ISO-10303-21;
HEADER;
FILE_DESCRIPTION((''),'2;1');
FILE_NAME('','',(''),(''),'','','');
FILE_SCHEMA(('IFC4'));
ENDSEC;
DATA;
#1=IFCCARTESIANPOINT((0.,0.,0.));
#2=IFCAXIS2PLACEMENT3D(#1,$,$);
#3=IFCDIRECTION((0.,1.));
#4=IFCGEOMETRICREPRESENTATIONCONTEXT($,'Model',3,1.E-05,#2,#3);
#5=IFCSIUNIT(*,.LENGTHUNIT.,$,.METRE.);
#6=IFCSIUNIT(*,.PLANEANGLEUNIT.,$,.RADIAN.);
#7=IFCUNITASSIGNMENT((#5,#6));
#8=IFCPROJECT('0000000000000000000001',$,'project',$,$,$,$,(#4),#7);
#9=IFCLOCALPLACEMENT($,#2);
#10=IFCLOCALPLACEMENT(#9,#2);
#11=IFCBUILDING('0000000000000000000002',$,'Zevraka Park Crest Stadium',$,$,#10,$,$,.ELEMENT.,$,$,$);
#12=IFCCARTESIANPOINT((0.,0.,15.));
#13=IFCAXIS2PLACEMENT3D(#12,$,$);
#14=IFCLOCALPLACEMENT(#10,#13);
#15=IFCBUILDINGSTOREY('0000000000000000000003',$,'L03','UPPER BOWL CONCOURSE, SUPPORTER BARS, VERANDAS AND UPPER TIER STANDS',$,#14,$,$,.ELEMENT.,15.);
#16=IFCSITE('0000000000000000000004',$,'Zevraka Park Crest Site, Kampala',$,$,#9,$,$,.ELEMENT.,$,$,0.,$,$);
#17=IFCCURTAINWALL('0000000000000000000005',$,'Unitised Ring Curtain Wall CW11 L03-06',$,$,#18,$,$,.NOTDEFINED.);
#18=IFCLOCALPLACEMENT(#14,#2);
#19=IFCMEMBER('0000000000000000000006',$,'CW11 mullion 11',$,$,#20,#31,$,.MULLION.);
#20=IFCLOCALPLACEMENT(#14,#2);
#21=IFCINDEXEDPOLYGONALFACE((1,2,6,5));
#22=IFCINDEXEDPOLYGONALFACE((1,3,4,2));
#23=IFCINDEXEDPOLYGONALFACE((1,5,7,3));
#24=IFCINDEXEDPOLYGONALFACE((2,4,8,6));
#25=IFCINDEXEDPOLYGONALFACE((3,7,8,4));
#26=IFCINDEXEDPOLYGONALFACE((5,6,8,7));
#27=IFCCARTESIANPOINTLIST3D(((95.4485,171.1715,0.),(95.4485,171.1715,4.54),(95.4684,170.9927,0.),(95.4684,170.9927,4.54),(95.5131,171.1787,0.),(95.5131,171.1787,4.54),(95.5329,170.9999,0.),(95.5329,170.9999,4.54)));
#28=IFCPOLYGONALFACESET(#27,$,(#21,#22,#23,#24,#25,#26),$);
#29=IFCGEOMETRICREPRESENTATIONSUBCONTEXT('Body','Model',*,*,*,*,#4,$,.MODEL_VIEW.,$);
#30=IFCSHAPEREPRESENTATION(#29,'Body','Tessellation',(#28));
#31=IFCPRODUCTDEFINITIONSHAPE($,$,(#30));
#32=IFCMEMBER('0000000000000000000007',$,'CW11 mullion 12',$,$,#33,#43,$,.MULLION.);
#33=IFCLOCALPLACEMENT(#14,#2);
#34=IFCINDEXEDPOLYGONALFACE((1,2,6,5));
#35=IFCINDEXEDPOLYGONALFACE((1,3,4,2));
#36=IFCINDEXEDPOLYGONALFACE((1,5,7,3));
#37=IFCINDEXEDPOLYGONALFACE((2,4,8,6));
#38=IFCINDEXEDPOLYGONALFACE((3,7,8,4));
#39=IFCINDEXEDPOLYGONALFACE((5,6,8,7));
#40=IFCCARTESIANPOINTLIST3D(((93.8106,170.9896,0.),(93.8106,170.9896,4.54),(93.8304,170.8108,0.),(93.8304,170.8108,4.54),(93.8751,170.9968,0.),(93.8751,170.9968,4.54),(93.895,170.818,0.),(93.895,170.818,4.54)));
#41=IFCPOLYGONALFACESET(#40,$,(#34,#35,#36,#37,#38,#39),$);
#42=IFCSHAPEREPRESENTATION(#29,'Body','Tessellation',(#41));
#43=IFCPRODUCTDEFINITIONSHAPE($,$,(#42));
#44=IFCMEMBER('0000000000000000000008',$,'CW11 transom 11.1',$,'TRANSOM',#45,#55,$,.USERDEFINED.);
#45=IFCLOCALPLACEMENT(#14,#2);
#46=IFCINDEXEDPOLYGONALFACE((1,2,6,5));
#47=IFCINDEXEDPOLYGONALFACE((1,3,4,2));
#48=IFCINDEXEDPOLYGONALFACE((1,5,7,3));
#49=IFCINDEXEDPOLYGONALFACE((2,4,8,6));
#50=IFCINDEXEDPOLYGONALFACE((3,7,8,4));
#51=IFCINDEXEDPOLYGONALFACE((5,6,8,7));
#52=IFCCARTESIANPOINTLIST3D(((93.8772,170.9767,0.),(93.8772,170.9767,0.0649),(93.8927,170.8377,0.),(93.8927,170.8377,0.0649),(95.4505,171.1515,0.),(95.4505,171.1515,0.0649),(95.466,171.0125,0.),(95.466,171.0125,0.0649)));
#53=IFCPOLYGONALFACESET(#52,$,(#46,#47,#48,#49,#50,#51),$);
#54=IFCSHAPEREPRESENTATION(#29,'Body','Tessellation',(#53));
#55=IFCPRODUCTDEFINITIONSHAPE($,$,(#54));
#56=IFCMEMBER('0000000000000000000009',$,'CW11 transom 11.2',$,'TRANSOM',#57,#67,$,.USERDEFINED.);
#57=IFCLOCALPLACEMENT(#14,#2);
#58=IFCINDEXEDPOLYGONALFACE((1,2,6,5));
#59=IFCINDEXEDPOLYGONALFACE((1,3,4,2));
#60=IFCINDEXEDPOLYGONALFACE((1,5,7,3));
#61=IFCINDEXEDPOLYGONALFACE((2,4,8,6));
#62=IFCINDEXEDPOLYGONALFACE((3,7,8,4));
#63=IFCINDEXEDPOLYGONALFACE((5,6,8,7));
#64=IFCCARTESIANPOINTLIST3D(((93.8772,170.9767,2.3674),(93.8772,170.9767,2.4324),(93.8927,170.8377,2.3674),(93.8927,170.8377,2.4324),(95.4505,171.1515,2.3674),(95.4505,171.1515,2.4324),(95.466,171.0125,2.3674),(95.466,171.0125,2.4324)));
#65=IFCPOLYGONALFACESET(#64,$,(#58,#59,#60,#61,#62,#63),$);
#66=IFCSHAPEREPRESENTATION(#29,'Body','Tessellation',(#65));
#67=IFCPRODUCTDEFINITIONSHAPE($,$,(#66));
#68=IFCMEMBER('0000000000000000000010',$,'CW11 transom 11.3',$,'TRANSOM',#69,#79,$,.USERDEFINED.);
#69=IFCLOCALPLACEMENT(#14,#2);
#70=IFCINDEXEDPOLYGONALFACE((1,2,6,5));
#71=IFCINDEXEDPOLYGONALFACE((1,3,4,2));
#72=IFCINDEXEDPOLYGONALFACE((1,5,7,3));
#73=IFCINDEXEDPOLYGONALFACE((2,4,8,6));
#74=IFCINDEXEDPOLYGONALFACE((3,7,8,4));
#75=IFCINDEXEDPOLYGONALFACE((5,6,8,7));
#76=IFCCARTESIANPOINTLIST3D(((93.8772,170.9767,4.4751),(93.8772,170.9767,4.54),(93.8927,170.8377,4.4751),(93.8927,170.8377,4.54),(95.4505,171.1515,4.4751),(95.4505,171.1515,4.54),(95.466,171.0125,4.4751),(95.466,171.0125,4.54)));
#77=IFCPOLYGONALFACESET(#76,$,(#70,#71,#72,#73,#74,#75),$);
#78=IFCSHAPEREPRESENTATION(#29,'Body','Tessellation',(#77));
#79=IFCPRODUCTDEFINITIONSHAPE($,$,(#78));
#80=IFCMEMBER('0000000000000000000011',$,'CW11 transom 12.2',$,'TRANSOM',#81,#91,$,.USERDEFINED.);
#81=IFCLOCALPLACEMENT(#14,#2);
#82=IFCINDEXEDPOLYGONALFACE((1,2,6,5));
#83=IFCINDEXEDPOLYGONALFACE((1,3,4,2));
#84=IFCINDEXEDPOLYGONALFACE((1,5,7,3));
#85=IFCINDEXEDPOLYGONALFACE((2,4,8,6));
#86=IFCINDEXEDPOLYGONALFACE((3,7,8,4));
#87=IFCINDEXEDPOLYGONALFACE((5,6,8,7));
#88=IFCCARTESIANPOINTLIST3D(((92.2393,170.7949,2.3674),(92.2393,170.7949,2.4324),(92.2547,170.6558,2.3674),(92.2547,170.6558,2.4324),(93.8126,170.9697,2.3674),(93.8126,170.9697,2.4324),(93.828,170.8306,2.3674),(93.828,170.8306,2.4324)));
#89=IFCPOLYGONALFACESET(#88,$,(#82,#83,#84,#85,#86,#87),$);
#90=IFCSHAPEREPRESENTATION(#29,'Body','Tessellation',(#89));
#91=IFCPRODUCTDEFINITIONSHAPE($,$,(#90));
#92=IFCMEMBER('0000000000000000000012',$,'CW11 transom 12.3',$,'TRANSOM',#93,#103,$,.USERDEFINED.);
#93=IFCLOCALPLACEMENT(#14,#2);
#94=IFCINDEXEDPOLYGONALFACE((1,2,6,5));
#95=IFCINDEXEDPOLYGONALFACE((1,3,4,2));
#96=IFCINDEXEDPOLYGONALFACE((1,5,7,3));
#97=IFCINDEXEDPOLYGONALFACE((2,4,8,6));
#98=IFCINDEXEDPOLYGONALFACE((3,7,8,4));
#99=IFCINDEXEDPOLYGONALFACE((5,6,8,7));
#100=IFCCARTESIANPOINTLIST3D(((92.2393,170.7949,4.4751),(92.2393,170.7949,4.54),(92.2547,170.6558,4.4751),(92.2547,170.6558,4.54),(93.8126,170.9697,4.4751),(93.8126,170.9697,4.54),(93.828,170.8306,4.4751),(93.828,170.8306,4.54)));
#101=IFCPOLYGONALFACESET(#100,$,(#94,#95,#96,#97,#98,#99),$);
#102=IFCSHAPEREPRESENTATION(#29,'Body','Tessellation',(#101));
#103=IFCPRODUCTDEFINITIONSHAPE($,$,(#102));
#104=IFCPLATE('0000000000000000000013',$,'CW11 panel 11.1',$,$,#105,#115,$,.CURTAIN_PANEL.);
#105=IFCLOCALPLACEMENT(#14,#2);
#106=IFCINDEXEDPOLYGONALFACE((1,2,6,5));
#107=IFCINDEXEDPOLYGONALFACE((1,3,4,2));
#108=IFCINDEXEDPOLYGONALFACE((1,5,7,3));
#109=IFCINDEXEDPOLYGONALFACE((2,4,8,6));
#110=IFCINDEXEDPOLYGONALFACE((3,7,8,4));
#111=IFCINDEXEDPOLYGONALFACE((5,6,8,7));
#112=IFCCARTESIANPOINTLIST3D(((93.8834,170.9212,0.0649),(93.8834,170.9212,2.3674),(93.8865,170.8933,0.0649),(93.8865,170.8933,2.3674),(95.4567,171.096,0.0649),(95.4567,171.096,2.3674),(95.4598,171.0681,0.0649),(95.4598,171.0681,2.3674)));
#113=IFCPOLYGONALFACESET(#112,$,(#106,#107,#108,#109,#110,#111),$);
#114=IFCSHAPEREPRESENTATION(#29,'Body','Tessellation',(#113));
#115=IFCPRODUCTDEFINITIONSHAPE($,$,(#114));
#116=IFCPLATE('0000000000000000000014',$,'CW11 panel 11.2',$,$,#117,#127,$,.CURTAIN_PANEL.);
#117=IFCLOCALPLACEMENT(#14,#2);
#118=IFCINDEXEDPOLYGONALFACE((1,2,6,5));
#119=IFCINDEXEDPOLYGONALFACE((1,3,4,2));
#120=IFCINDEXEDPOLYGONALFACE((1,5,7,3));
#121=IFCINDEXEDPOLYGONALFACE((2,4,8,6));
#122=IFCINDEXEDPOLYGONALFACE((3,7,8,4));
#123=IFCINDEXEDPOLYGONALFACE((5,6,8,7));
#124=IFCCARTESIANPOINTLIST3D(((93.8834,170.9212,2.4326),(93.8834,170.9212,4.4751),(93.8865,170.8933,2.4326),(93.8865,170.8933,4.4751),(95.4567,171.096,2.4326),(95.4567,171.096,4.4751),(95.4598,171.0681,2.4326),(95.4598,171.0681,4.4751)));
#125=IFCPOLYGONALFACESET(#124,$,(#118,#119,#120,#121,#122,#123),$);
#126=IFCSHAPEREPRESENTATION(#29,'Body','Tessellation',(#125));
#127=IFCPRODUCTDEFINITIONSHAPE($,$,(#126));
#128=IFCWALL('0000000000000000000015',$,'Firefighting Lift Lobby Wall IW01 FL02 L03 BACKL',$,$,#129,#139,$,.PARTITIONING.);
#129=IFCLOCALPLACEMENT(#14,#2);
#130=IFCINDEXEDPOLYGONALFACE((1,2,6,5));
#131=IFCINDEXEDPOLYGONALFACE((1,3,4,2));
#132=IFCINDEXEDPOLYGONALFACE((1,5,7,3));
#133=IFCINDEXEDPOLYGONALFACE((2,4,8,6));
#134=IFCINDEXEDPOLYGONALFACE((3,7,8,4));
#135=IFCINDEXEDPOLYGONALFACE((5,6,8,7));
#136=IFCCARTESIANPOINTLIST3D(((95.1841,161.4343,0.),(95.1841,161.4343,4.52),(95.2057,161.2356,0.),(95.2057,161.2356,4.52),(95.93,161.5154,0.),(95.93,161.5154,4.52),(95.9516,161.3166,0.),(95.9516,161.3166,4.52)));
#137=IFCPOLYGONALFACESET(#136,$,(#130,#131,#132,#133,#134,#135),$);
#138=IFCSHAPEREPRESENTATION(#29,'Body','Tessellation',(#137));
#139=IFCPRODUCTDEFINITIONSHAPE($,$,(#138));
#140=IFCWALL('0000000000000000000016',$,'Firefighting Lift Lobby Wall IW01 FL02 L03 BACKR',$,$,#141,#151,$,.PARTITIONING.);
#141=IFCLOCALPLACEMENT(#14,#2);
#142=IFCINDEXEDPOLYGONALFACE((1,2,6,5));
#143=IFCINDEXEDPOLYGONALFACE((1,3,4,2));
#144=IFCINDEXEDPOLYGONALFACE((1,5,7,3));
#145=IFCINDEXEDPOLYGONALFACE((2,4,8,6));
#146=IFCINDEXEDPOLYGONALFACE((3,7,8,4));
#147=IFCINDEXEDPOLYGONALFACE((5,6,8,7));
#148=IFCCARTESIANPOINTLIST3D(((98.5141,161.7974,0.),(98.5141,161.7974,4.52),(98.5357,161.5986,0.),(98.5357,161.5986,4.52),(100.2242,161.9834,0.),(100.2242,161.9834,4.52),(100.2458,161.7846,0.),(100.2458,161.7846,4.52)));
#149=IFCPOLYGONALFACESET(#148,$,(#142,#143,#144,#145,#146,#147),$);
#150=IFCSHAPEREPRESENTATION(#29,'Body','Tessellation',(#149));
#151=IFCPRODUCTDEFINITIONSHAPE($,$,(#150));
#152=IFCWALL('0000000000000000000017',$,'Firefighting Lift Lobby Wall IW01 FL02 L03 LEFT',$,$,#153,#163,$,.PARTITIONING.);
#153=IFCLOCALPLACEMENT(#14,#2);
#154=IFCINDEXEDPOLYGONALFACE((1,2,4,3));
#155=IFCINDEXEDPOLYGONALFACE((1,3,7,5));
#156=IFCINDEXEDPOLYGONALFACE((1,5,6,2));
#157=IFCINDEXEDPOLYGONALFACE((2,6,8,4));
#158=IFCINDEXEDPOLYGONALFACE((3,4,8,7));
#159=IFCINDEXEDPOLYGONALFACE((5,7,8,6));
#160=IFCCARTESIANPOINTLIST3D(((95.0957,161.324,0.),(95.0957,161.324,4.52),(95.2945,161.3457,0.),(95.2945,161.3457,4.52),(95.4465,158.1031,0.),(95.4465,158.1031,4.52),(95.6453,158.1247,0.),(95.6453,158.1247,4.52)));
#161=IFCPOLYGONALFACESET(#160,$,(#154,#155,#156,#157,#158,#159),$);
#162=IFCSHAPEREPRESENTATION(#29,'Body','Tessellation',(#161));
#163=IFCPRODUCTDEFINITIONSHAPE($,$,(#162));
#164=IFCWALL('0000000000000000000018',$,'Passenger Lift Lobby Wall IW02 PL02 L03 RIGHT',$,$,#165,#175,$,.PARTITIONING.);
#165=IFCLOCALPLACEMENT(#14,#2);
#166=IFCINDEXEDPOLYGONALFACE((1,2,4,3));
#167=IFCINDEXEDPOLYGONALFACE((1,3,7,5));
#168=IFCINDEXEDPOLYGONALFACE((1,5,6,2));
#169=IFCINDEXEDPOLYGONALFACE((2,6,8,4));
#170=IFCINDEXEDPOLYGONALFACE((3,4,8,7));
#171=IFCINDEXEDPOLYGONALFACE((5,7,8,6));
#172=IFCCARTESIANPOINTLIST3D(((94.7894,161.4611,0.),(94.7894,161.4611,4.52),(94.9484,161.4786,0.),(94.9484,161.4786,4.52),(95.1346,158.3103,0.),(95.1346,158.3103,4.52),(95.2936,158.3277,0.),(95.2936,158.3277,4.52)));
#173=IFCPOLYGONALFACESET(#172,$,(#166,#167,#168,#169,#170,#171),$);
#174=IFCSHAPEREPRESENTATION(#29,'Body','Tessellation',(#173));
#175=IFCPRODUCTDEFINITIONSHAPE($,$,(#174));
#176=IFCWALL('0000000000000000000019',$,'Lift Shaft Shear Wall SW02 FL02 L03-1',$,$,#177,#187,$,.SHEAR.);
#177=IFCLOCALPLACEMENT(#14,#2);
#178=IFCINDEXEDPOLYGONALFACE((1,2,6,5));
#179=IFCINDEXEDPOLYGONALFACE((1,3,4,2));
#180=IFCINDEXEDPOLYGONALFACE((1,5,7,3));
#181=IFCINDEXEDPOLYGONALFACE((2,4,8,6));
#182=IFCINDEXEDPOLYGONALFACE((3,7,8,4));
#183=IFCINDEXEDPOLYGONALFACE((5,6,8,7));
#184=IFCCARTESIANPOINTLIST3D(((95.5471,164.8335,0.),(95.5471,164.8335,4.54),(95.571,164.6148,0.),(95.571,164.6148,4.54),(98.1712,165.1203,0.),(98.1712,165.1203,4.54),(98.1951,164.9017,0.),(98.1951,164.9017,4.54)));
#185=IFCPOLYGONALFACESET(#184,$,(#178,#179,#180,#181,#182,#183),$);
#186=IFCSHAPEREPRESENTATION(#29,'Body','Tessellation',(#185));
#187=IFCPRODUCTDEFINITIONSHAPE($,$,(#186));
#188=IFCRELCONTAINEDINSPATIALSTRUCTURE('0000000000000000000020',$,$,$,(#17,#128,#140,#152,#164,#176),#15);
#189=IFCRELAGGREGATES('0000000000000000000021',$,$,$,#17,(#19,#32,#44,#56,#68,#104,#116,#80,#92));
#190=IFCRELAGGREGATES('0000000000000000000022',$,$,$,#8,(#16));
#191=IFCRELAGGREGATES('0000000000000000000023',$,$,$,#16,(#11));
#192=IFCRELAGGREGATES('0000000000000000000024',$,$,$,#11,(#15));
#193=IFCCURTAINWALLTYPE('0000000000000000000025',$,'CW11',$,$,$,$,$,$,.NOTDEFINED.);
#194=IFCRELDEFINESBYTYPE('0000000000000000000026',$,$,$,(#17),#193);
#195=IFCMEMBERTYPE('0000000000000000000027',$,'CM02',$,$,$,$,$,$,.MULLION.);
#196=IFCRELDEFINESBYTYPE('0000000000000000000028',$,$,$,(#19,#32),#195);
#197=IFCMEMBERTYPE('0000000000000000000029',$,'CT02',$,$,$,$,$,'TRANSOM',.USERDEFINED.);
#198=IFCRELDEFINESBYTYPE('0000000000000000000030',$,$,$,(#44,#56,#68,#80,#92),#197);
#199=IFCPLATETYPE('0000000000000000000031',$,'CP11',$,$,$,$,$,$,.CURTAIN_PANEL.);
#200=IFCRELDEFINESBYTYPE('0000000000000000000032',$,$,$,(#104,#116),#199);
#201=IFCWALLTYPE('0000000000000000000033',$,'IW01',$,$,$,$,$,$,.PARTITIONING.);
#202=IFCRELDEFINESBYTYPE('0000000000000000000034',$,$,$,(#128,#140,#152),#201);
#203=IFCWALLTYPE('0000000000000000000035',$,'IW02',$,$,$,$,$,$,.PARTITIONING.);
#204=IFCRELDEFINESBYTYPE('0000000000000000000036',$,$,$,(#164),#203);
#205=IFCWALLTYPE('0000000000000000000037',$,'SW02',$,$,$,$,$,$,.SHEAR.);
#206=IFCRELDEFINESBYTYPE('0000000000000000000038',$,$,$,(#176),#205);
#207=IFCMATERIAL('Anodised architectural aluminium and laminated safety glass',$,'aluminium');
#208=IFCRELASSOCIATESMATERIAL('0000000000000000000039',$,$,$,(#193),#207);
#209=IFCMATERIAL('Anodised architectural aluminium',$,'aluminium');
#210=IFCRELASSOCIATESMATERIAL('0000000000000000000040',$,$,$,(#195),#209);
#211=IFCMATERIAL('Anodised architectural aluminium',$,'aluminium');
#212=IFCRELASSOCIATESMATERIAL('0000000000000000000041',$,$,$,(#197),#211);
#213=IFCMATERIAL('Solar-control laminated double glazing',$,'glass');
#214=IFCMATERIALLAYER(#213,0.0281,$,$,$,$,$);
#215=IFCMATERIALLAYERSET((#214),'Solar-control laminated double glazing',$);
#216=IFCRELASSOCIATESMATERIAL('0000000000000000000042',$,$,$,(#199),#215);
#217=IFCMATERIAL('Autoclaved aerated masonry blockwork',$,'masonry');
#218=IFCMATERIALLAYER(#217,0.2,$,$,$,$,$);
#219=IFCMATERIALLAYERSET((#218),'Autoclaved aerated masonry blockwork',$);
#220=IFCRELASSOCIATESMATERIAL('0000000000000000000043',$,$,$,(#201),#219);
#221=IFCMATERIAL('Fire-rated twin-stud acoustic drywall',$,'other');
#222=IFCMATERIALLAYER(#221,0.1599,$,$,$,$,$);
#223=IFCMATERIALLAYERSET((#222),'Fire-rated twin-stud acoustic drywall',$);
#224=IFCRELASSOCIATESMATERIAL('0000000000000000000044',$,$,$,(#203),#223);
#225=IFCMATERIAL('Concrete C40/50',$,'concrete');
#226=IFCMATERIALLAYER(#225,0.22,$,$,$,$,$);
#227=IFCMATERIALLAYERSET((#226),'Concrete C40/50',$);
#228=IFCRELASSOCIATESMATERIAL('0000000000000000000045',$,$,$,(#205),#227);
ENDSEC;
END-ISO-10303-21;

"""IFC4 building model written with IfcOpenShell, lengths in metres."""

from ifc_helpers import new_model, si_unit, direction, frame, frame_2d, origin, origin_2d, place, context, subcontext, project, spatial, rectangle, extrude, material, layer, layer_set, material_profile, profile_set, type_object, element, aggregate, save


model = new_model("IFC4")

# Units and contexts
model_context = context("Model", 3, precision=1e-05, world=origin(), true_north=direction((0.0, 1.0)))
body_context = subcontext(model_context, "Body", "Model", "MODEL_VIEW")
ifc_project = project(units=[si_unit("LENGTHUNIT", "METRE"), si_unit("PLANEANGLEUNIT", "RADIAN")], contexts=[model_context])

# Site, building, storey
site_placement = place(None, origin())
site = spatial("IfcSite", under=ifc_project, at=site_placement, Name="Zevraka Park Crest Site, Kampala", CompositionType="ELEMENT", RefElevation=0.0)
building_placement = place(site_placement, origin())
building = spatial("IfcBuilding", under=site, at=building_placement, Name="Zevraka Park Crest Stadium", CompositionType="ELEMENT")
storey_placement = place(building_placement, frame((0.0, 0.0, 15.0)))
storey = spatial("IfcBuildingStorey", under=building, at=storey_placement, Name="L03", Description="UPPER BOWL CONCOURSE, SUPPORTER BARS, VERANDAS AND UPPER TIER STANDS", CompositionType="ELEMENT", Elevation=15.0)

# Curtain wall, members, plates
ifc_material_1 = material(Name="Anodised architectural aluminium and laminated safety glass", Category="aluminium")
curtain_wall_type = type_object("IfcCurtainWallType", Name="CW11", PredefinedType="NOTDEFINED", material=ifc_material_1)
curtain_wall_placement = place(storey_placement, origin())
curtain_wall = element("IfcCurtainWall", 1, at=curtain_wall_placement, inside=storey, type_object=curtain_wall_type, Name="Unitised Ring Curtain Wall CW11 L03-06", PredefinedType="NOTDEFINED")
ifc_material_2 = material(Name="Anodised architectural aluminium", Category="aluminium")
ifc_material_profile_1 = material_profile(ifc_material_2, rectangle(XDim=0.1799, YDim=0.0649, at=origin_2d()), Name="ALU MULLION 180x65")
ifc_profile_set_1 = profile_set([ifc_material_profile_1], Name="Anodised architectural aluminium")
member_type_1 = type_object("IfcMemberType", Name="CM02", PredefinedType="MULLION", material=ifc_profile_set_1)
member_1_placement = place(storey_placement, frame((95.4907, 171.0857, 0.0), z_axis=(0.0, 0.0, 1.0), x_axis=(0.110396, -0.993888, 0.0)))
member_1 = element("IfcMember", 2, at=member_1_placement, type_object=member_type_1, Name="CW11 mullion 11", PredefinedType="MULLION", context=body_context, shape_type="SweptSolid", body=[
    extrude(rectangle(XDim=0.1799, YDim=0.0649, at=origin_2d()), origin(), (0.0, 0.0, 1.0), 4.54),
])
member_2_placement = place(storey_placement, frame((93.8528, 170.9038, 0.0), z_axis=(0.0, 0.0, 1.0), x_axis=(0.110396, -0.993888, 0.0)))
member_2 = element("IfcMember", 3, at=member_2_placement, type_object=member_type_1, Name="CW11 mullion 12", PredefinedType="MULLION", context=body_context, shape_type="SweptSolid", body=[
    extrude(rectangle(XDim=0.1799, YDim=0.0649, at=origin_2d()), origin(), (0.0, 0.0, 1.0), 4.54),
])
ifc_material_3 = material(Name="Anodised architectural aluminium", Category="aluminium")
ifc_material_profile_2 = material_profile(ifc_material_3, rectangle(XDim=0.1399, YDim=0.0649, at=origin_2d()), Name="ALU TRANSOM 140x65")
ifc_profile_set_2 = profile_set([ifc_material_profile_2], Name="Anodised architectural aluminium")
member_type_2 = type_object("IfcMemberType", Name="CT02", ElementType="TRANSOM", PredefinedType="USERDEFINED", material=ifc_profile_set_2)
member_3_placement = place(storey_placement, frame((95.4583, 171.082, 0.0325), z_axis=(-0.993884, -0.110432, 0.0), x_axis=(0.110432, -0.993884, 0.0)))
member_3 = element("IfcMember", 4, at=member_3_placement, type_object=member_type_2, Name="CW11 transom 11.1", ObjectType="TRANSOM", PredefinedType="USERDEFINED", context=body_context, shape_type="SweptSolid", body=[
    extrude(rectangle(XDim=0.1399, YDim=0.0649, at=origin_2d()), origin(), (0.0, 0.0, 1.0), 1.583),
])
member_4_placement = place(storey_placement, frame((95.4583, 171.082, 2.3999), z_axis=(-0.993884, -0.110432, 0.0), x_axis=(0.110432, -0.993884, 0.0)))
member_4 = element("IfcMember", 5, at=member_4_placement, type_object=member_type_2, Name="CW11 transom 11.2", ObjectType="TRANSOM", PredefinedType="USERDEFINED", context=body_context, shape_type="SweptSolid", body=[
    extrude(rectangle(XDim=0.1399, YDim=0.0649, at=origin_2d()), origin(), (0.0, 0.0, 1.0), 1.583),
])
member_5_placement = place(storey_placement, frame((95.4583, 171.082, 4.5076), z_axis=(-0.993884, -0.110432, 0.0), x_axis=(0.110432, -0.993884, 0.0)))
member_5 = element("IfcMember", 6, at=member_5_placement, type_object=member_type_2, Name="CW11 transom 11.3", ObjectType="TRANSOM", PredefinedType="USERDEFINED", context=body_context, shape_type="SweptSolid", body=[
    extrude(rectangle(XDim=0.1399, YDim=0.0649, at=origin_2d()), origin(), (0.0, 0.0, 1.0), 1.583),
])
member_6_placement = place(storey_placement, frame((93.8203, 170.9001, 2.3999), z_axis=(-0.993884, -0.110432, 0.0), x_axis=(0.110432, -0.993884, 0.0)))
member_6 = element("IfcMember", 7, at=member_6_placement, type_object=member_type_2, Name="CW11 transom 12.2", ObjectType="TRANSOM", PredefinedType="USERDEFINED", context=body_context, shape_type="SweptSolid", body=[
    extrude(rectangle(XDim=0.1399, YDim=0.0649, at=origin_2d()), origin(), (0.0, 0.0, 1.0), 1.583),
])
member_7_placement = place(storey_placement, frame((93.8203, 170.9001, 4.5076), z_axis=(-0.993884, -0.110432, 0.0), x_axis=(0.110432, -0.993884, 0.0)))
member_7 = element("IfcMember", 8, at=member_7_placement, type_object=member_type_2, Name="CW11 transom 12.3", ObjectType="TRANSOM", PredefinedType="USERDEFINED", context=body_context, shape_type="SweptSolid", body=[
    extrude(rectangle(XDim=0.1399, YDim=0.0649, at=origin_2d()), origin(), (0.0, 0.0, 1.0), 1.583),
])
ifc_material_4 = material(Name="Solar-control laminated double glazing", Category="glass")
ifc_layer_1 = layer(ifc_material_4, 0.0281)
ifc_layer_set_1 = layer_set([ifc_layer_1], Name="Solar-control laminated double glazing")
plate_type = type_object("IfcPlateType", Name="CP11", PredefinedType="CURTAIN_PANEL", material=ifc_layer_set_1)
plate_1_placement = place(storey_placement, frame((94.6716, 170.9946, 0.0649), z_axis=(0.0, 0.0, 1.0), x_axis=(-0.993888, -0.110396, 0.0)))
plate_1 = element("IfcPlate", 9, at=plate_1_placement, type_object=plate_type, Name="CW11 panel 11.1", PredefinedType="CURTAIN_PANEL", context=body_context, shape_type="SweptSolid", body=[
    extrude(rectangle(XDim=1.583, YDim=0.0281, at=origin_2d()), origin(), (0.0, 0.0, 1.0), 2.3025),
])
plate_2_placement = place(storey_placement, frame((94.6716, 170.9946, 2.4326), z_axis=(0.0, 0.0, 1.0), x_axis=(-0.993888, -0.110396, 0.0)))
plate_2 = element("IfcPlate", 10, at=plate_2_placement, type_object=plate_type, Name="CW11 panel 11.2", PredefinedType="CURTAIN_PANEL", context=body_context, shape_type="SweptSolid", body=[
    extrude(rectangle(XDim=1.583, YDim=0.0281, at=origin_2d()), origin(), (0.0, 0.0, 1.0), 2.0425),
])
aggregate(curtain_wall, [member_1, member_2, member_3, member_4, member_5, plate_1, plate_2, member_6, member_7])

# Walls
ifc_material_5 = material(Name="Autoclaved aerated masonry blockwork", Category="masonry")
ifc_layer_2 = layer(ifc_material_5, 0.2)
ifc_layer_set_2 = layer_set([ifc_layer_2], Name="Autoclaved aerated masonry blockwork")
wall_type_1 = type_object("IfcWallType", Name="IW01", PredefinedType="PARTITIONING", material=ifc_layer_set_2)
wall_1_placement = place(storey_placement, frame((95.1951, 161.335, 0.0), z_axis=(0.0, 0.0, 1.0), x_axis=(0.994147, 0.108038, 0.0)))
element("IfcWall", 11, at=wall_1_placement, inside=storey, type_object=wall_type_1, Name="Firefighting Lift Lobby Wall IW01 FL02 L03 BACKL", PredefinedType="PARTITIONING", context=body_context, shape_type="SweptSolid", body=[
    extrude(rectangle(XDim=0.7502, YDim=0.2, at=frame_2d((0.375, 0.0))), origin(), (0.0, 0.0, 1.0), 4.52),
])
wall_2_placement = place(storey_placement, frame((98.5249, 161.698, 0.0), z_axis=(0.0, 0.0, 1.0), x_axis=(0.994136, 0.108142, 0.0)))
element("IfcWall", 12, at=wall_2_placement, inside=storey, type_object=wall_type_1, Name="Firefighting Lift Lobby Wall IW01 FL02 L03 BACKR", PredefinedType="PARTITIONING", context=body_context, shape_type="SweptSolid", body=[
    extrude(rectangle(XDim=1.7202, YDim=0.2, at=frame_2d((0.8601, 0.0))), origin(), (0.0, 0.0, 1.0), 4.52),
])
wall_3_placement = place(storey_placement, frame((95.1951, 161.335, 0.0), z_axis=(0.0, 0.0, 1.0), x_axis=(0.108281, -0.99412, 0.0)))
element("IfcWall", 13, at=wall_3_placement, inside=storey, type_object=wall_type_1, Name="Firefighting Lift Lobby Wall IW01 FL02 L03 LEFT", PredefinedType="PARTITIONING", context=body_context, shape_type="SweptSolid", body=[
    extrude(rectangle(XDim=3.24, YDim=0.2, at=frame_2d((1.6201, 0.0))), origin(), (0.0, 0.0, 1.0), 4.52),
])
ifc_material_6 = material(Name="Fire-rated twin-stud acoustic drywall", Category="other")
ifc_layer_3 = layer(ifc_material_6, 0.1599)
ifc_layer_set_3 = layer_set([ifc_layer_3], Name="Fire-rated twin-stud acoustic drywall")
wall_type_2 = type_object("IfcWallType", Name="IW02", PredefinedType="PARTITIONING", material=ifc_layer_set_3)
wall_4_placement = place(storey_placement, frame((94.8689, 161.47, 0.0), z_axis=(0.0, 0.0, 1.0), x_axis=(0.10891, -0.994052, 0.0)))
element("IfcWall", 14, at=wall_4_placement, inside=storey, type_object=wall_type_2, Name="Passenger Lift Lobby Wall IW02 PL02 L03 RIGHT", PredefinedType="PARTITIONING", context=body_context, shape_type="SweptSolid", body=[
    extrude(rectangle(XDim=3.1697, YDim=0.1599, at=frame_2d((1.585, 0.0))), origin(), (0.0, 0.0, 1.0), 4.52),
])
ifc_material_7 = material(Name="Concrete C40/50", Category="concrete")
ifc_layer_4 = layer(ifc_material_7, 0.22)
ifc_layer_set_4 = layer_set([ifc_layer_4], Name="Concrete C40/50")
wall_type_3 = type_object("IfcWallType", Name="SW02", PredefinedType="SHEAR", material=ifc_layer_set_4)
wall_5_placement = place(storey_placement, frame((98.1831, 165.011, 0.0), z_axis=(0.0, 0.0, 1.0), x_axis=(-0.994077, -0.108675, 0.0)))
element("IfcWall", 15, at=wall_5_placement, inside=storey, type_object=wall_type_3, Name="Lift Shaft Shear Wall SW02 FL02 L03-1", PredefinedType="SHEAR", context=body_context, shape_type="SweptSolid", body=[
    extrude(rectangle(XDim=2.6396, YDim=0.22, at=frame_2d((1.3198, 0.0))), origin(), (0.0, 0.0, 1.0), 4.54),
])

save(model, "model.ifc")
